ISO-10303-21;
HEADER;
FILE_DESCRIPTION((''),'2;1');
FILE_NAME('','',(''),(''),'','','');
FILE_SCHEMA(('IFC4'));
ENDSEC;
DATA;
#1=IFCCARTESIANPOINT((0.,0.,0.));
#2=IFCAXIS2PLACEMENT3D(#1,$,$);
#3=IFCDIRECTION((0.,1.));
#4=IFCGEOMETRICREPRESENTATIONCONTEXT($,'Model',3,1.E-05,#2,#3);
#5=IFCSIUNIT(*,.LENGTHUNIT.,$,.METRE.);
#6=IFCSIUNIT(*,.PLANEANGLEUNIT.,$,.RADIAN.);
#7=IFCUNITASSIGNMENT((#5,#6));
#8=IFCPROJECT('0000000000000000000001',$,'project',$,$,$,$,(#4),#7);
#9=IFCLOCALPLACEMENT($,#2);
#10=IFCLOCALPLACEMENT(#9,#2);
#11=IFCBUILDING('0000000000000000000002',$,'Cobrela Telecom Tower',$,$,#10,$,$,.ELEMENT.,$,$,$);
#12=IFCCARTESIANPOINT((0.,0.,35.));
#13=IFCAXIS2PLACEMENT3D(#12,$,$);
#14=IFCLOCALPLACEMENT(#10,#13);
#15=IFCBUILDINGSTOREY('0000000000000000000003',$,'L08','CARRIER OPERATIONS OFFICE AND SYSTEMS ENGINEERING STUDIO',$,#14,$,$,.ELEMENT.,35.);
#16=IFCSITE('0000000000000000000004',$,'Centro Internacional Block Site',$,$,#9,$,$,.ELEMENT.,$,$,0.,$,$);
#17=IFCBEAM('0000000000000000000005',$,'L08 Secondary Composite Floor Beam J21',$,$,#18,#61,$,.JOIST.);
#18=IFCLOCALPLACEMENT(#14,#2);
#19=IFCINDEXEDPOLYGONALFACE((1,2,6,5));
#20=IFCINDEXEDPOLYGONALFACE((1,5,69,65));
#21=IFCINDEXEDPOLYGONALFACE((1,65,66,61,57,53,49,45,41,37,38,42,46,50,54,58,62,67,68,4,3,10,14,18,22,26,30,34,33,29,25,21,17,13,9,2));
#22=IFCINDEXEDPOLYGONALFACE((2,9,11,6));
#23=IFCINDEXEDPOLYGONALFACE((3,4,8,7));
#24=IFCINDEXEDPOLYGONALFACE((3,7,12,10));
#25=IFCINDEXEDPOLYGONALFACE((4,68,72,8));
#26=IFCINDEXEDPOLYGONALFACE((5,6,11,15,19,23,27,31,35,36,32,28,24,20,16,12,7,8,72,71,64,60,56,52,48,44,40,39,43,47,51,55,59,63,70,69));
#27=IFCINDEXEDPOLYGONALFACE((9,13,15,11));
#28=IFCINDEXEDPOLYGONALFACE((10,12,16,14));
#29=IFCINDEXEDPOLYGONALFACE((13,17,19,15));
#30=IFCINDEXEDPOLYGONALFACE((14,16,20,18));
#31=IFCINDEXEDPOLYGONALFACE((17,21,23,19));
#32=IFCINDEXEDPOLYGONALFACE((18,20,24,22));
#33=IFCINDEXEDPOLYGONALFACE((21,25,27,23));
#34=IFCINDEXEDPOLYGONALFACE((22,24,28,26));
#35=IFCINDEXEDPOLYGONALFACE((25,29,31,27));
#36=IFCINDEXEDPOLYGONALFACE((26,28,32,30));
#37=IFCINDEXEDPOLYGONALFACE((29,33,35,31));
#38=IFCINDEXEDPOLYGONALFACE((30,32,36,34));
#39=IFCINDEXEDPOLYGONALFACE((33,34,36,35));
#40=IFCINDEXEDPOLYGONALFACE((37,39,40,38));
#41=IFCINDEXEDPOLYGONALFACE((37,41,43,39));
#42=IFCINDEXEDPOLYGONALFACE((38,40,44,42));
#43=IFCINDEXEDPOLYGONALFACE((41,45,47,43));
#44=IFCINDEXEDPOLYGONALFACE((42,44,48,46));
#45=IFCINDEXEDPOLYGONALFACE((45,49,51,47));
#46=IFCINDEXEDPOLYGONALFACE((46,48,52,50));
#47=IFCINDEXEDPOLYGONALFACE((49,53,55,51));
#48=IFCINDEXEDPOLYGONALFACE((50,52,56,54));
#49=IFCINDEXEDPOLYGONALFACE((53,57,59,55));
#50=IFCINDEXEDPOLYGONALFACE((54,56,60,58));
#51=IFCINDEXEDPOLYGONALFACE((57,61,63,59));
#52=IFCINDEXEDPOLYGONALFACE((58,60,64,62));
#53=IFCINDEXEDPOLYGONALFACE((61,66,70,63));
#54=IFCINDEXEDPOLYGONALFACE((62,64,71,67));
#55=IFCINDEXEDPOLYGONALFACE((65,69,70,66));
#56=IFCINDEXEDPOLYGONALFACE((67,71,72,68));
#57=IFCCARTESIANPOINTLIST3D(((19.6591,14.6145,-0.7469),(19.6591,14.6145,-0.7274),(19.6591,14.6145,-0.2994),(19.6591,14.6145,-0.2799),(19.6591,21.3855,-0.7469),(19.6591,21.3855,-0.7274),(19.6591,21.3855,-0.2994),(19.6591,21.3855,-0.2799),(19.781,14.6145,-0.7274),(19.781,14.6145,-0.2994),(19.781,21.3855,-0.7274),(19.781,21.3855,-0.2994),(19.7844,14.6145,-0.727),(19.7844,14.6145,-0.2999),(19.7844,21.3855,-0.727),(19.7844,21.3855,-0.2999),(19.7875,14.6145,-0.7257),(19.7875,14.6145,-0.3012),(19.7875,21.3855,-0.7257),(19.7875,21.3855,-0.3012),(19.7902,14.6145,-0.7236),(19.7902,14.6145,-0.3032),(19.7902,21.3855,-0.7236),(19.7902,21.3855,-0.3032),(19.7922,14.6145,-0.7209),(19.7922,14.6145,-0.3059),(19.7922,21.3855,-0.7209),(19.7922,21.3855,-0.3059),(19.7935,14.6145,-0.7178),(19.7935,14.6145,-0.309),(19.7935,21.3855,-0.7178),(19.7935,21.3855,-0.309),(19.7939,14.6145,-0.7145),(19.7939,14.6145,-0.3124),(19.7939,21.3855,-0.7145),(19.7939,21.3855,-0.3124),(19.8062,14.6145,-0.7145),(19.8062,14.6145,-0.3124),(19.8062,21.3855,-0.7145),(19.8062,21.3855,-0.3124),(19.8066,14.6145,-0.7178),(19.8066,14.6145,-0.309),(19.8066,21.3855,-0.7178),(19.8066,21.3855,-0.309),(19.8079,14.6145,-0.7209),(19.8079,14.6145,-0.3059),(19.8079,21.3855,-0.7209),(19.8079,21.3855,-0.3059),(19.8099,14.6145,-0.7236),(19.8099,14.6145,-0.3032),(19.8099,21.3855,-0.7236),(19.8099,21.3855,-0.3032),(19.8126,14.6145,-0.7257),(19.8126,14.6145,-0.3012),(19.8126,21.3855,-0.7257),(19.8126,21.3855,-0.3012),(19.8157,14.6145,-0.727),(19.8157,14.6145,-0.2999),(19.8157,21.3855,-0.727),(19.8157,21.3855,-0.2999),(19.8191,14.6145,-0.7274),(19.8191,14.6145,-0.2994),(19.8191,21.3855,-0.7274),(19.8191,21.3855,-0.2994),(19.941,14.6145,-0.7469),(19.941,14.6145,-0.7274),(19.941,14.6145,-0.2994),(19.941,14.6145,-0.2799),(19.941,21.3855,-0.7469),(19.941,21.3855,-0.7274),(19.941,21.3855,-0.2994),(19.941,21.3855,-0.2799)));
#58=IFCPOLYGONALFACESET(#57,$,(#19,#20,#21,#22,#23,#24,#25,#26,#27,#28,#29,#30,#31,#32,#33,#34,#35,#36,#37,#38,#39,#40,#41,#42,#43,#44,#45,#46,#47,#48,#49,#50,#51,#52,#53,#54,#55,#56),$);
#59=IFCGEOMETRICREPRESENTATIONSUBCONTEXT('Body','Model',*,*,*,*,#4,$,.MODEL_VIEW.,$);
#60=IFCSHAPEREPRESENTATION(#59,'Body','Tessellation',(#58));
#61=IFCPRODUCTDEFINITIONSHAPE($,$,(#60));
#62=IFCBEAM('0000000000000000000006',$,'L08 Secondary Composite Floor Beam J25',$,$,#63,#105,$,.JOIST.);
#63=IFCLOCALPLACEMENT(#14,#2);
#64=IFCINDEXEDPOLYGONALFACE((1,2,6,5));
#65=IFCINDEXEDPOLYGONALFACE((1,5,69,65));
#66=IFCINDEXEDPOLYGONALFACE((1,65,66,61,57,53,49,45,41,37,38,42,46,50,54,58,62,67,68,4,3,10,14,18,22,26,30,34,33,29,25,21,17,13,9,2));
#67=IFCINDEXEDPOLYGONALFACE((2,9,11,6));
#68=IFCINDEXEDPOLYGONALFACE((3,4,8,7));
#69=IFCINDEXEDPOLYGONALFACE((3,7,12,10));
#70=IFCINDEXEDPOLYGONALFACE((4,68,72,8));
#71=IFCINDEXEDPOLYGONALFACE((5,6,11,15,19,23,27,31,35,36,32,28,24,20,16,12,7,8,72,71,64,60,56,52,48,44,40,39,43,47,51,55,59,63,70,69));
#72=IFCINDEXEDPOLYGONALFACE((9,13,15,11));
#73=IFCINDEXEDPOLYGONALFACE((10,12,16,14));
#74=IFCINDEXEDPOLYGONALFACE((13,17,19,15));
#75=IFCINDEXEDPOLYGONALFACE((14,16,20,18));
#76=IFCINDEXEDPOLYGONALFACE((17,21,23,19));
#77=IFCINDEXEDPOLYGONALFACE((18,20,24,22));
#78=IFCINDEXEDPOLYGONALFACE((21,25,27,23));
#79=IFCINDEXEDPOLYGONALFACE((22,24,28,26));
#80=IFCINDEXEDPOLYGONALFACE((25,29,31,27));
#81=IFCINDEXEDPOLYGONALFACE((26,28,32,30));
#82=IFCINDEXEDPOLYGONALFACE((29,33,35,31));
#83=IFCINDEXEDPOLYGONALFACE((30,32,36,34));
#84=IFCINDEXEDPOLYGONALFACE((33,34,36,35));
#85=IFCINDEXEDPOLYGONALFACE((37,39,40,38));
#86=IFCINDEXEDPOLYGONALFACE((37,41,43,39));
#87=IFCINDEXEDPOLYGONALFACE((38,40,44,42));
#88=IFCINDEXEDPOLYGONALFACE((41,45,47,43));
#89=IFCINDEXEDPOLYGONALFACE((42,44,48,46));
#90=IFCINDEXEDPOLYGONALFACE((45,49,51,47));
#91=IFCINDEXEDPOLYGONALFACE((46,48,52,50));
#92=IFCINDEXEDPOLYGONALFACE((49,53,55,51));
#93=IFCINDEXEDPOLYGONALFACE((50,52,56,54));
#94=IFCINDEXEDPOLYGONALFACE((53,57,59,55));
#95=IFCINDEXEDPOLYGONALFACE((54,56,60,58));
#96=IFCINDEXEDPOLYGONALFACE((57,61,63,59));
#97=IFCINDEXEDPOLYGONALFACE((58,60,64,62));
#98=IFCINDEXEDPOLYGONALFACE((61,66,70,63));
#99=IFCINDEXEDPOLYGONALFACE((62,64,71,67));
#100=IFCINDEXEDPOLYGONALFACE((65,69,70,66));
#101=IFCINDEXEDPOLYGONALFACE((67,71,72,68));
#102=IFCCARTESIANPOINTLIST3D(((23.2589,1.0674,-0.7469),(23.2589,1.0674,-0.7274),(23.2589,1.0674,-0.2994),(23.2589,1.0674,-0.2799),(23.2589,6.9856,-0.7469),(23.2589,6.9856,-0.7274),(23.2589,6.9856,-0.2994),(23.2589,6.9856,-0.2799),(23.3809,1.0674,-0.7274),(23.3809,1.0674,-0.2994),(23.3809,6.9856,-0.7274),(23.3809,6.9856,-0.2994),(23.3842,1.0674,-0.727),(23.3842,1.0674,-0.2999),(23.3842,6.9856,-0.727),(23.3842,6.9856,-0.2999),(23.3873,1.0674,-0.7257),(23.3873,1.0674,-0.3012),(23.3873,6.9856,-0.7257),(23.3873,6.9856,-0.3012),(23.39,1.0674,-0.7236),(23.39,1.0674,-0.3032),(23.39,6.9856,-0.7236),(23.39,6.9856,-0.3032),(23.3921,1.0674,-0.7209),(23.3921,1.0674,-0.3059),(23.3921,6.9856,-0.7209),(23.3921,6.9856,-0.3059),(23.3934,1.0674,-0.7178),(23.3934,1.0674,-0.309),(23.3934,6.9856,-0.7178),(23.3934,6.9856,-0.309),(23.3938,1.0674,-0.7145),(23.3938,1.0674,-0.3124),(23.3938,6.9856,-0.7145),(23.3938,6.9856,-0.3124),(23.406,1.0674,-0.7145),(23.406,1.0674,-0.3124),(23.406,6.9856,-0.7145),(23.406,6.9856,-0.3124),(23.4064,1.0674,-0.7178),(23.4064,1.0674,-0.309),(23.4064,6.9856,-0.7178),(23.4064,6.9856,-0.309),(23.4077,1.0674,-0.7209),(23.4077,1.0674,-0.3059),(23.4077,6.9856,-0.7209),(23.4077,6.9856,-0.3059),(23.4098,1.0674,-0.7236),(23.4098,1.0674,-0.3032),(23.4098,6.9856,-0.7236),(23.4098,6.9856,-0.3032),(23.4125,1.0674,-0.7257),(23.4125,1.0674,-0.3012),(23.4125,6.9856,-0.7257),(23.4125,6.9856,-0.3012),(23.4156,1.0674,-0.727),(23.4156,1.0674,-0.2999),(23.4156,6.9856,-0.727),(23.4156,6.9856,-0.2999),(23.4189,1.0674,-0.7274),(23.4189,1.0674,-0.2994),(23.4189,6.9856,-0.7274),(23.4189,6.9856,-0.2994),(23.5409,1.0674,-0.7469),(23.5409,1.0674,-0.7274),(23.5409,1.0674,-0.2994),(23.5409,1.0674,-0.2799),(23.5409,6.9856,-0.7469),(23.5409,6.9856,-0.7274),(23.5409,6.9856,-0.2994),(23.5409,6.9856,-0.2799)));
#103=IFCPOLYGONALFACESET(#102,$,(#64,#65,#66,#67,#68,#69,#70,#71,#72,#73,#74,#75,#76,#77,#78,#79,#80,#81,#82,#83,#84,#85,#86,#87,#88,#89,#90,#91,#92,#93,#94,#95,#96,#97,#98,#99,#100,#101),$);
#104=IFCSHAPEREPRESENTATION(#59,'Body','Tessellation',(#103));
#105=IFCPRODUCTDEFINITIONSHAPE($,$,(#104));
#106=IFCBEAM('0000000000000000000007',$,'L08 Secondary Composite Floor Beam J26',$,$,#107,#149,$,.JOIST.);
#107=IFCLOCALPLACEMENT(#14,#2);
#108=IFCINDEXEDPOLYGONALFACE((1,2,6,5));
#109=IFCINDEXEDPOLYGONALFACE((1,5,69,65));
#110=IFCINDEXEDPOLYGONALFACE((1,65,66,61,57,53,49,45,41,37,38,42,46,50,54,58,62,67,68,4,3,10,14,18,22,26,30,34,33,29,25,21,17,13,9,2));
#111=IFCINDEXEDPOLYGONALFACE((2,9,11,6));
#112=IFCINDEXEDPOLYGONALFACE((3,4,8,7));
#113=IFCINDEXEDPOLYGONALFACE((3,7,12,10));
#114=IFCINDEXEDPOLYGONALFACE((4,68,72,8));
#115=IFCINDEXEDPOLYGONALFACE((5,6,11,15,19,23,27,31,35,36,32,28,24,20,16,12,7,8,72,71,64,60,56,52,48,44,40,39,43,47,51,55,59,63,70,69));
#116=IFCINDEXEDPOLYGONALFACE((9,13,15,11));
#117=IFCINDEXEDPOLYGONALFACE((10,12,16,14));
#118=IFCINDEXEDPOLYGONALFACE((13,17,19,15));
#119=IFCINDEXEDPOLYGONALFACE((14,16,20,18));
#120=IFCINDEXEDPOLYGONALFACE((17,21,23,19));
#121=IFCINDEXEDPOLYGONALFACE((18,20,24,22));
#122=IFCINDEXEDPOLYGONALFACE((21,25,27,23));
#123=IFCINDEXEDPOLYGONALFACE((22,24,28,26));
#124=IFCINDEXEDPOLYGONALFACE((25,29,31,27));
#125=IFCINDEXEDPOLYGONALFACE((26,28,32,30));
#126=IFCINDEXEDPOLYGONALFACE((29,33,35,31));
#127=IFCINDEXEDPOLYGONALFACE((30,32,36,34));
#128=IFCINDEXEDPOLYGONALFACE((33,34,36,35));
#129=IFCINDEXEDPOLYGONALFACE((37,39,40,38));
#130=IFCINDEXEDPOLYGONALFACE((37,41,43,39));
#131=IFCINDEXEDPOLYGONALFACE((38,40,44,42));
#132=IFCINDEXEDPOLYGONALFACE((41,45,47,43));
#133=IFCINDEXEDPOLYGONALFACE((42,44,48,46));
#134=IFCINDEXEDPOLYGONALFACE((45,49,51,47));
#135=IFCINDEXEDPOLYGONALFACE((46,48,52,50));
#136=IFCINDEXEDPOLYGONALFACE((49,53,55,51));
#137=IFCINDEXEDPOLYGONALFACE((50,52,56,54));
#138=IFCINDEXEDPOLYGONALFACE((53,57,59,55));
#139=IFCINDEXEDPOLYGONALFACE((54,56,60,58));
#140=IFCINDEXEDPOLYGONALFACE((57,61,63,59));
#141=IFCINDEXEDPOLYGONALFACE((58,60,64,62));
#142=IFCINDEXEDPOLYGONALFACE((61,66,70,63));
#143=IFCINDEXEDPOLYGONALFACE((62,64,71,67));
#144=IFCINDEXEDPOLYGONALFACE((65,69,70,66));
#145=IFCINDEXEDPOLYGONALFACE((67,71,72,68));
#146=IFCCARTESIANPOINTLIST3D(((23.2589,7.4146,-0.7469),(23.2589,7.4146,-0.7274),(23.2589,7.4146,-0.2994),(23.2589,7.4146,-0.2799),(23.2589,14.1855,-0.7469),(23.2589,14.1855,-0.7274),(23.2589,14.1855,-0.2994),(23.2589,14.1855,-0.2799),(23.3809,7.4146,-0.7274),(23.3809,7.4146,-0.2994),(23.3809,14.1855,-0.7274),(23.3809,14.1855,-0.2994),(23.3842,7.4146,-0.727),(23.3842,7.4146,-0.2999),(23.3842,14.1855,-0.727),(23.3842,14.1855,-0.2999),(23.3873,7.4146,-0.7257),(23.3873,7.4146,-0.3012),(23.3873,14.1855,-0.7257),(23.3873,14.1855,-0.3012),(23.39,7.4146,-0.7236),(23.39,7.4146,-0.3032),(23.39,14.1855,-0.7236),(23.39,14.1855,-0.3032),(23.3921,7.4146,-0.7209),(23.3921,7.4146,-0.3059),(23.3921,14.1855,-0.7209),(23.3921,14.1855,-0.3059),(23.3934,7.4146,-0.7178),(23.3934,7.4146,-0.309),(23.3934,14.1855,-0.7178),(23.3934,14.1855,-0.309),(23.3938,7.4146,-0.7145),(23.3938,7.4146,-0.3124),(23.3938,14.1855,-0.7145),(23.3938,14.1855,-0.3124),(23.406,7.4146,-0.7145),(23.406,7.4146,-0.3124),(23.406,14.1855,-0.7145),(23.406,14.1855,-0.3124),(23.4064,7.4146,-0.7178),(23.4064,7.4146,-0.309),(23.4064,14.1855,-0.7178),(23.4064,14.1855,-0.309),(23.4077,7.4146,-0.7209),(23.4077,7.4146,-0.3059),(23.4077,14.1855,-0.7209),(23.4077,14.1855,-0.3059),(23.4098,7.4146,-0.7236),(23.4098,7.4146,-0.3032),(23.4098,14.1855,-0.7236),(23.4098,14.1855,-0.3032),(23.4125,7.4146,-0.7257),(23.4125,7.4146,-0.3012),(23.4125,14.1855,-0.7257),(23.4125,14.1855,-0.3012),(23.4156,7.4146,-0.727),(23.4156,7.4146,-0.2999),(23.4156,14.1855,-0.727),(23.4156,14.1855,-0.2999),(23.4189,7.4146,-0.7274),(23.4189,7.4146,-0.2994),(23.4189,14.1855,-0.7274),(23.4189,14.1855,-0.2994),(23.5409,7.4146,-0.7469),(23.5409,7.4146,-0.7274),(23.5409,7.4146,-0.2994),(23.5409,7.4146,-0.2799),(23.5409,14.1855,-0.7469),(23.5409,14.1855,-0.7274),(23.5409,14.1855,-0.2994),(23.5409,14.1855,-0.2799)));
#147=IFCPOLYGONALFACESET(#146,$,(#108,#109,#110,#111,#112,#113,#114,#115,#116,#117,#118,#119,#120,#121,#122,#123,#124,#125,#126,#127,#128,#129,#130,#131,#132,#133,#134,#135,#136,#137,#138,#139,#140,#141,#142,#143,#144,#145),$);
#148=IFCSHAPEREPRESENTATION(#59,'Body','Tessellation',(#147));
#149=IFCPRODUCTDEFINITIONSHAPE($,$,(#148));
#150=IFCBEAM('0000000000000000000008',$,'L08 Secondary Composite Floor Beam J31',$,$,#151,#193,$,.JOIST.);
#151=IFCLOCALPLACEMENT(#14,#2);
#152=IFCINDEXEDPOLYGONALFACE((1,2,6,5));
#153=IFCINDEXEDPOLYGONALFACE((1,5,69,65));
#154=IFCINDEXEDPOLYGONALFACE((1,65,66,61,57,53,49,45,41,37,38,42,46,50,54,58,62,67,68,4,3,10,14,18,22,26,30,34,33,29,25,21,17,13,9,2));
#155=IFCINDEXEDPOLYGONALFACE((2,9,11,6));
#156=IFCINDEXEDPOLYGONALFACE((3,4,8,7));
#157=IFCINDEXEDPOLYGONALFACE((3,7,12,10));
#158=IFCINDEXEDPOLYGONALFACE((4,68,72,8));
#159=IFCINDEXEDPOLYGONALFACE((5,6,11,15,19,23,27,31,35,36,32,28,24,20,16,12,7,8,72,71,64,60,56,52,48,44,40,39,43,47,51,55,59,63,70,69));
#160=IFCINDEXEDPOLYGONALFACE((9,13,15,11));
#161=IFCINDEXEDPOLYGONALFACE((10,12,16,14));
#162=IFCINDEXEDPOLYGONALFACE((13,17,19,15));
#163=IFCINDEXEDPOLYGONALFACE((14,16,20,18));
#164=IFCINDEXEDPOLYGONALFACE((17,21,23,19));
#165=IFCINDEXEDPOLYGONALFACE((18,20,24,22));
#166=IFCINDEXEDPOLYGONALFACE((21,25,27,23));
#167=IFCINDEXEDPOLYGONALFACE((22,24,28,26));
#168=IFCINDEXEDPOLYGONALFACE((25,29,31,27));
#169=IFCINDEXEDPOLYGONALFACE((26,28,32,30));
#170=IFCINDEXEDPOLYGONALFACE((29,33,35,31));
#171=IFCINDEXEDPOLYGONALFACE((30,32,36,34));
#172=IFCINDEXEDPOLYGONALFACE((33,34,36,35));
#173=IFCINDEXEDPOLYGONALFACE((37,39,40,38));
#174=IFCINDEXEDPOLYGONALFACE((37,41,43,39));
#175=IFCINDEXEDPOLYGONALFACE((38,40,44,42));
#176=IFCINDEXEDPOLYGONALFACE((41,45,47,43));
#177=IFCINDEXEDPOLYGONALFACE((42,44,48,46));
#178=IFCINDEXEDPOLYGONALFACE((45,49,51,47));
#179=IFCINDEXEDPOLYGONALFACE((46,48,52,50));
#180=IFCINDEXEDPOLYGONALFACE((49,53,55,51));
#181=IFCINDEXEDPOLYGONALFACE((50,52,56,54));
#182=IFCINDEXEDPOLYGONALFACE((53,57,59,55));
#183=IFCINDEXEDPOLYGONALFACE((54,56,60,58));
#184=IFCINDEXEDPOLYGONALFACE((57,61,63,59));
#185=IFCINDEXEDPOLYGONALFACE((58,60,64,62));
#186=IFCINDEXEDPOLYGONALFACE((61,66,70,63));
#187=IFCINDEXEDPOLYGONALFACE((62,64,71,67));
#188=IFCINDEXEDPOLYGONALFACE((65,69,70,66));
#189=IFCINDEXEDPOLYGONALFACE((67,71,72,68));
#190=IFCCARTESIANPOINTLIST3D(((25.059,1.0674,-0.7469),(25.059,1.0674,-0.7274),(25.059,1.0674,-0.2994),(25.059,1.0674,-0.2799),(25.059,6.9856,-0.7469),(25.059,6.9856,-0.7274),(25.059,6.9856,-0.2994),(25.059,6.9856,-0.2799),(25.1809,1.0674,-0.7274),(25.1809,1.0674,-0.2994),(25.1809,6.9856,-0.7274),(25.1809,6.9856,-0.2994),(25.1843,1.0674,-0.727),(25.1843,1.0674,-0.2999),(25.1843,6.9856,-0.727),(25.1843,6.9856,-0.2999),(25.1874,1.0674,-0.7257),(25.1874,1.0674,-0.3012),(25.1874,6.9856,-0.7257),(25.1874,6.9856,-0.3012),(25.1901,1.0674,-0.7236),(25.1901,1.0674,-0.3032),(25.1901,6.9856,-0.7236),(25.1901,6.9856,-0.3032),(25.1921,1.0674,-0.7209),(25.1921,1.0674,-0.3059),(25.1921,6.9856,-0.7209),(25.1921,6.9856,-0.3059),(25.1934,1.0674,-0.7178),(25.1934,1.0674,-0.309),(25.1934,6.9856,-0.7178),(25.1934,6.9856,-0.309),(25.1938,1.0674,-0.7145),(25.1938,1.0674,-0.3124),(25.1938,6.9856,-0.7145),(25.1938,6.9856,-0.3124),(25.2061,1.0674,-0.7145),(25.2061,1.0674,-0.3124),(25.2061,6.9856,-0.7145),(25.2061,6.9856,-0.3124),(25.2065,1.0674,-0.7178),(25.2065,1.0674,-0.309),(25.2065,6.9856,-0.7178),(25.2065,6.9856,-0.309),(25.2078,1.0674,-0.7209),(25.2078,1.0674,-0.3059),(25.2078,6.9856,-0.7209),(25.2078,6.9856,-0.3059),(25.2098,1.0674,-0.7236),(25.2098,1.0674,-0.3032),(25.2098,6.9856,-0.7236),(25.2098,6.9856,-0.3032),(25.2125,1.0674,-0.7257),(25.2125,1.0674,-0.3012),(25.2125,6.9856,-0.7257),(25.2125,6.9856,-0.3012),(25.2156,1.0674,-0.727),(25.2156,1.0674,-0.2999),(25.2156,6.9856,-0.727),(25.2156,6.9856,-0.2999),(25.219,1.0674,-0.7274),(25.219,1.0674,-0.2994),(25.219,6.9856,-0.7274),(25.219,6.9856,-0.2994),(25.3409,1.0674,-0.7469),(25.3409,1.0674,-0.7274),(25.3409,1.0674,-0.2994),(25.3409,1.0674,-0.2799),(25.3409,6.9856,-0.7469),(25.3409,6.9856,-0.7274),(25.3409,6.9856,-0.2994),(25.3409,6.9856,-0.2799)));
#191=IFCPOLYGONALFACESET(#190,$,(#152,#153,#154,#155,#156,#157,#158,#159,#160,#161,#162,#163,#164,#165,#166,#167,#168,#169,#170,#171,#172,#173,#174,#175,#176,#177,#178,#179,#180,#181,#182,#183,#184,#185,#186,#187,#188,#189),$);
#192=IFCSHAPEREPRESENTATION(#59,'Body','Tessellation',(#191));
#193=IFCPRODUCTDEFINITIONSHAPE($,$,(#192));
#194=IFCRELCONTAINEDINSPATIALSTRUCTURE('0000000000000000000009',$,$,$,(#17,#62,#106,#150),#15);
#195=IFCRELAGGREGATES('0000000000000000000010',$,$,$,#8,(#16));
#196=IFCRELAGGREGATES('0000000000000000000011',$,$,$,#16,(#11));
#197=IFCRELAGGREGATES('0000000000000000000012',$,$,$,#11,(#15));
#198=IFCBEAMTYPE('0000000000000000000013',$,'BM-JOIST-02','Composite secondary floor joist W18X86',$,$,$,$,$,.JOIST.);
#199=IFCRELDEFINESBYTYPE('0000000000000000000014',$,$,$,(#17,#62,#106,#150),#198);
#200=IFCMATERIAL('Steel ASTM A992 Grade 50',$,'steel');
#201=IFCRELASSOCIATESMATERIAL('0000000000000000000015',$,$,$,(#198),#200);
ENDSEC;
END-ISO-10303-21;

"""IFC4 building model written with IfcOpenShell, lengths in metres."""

from ifc_helpers import new_model, si_unit, direction, frame, origin, origin_2d, place, context, subcontext, project, spatial, i_section, extrude, material, material_profile, profile_set, type_object, element, save


model = new_model("IFC4")

# Units and contexts
model_context = context("Model", 3, precision=1e-05, world=origin(), true_north=direction((0.0, 1.0)))
body_context = subcontext(model_context, "Body", "Model", "MODEL_VIEW")
ifc_project = project(units=[si_unit("LENGTHUNIT", "METRE"), si_unit("PLANEANGLEUNIT", "RADIAN")], contexts=[model_context])

# Site, building, storey
site_placement = place(None, origin())
site = spatial("IfcSite", under=ifc_project, at=site_placement, Name="Centro Internacional Block Site", CompositionType="ELEMENT", RefElevation=0.0)
building_placement = place(site_placement, origin())
building = spatial("IfcBuilding", under=site, at=building_placement, Name="Cobrela Telecom Tower", CompositionType="ELEMENT")
storey_placement = place(building_placement, frame((0.0, 0.0, 35.0)))
storey = spatial("IfcBuildingStorey", under=building, at=storey_placement, Name="L08", Description="CARRIER OPERATIONS OFFICE AND SYSTEMS ENGINEERING STUDIO", CompositionType="ELEMENT", Elevation=35.0)

# Shared definitions
ifc_material_1 = material(Name="Steel ASTM A992 Grade 50", Category="steel")

# Beams
ifc_material_profile_1 = material_profile(ifc_material_1, i_section(OverallWidth=0.282, OverallDepth=0.467, WebThickness=0.0122, FlangeThickness=0.0195, FilletRadius=0.0129, at=origin_2d()), Name="W18X86")
ifc_profile_set_1 = profile_set([ifc_material_profile_1], Name="Steel ASTM A992 Grade 50")
beam_type_1 = type_object("IfcBeamType", Name="BM-JOIST-02", Description="Composite secondary floor joist W18X86", PredefinedType="JOIST", material=ifc_profile_set_1)
for number, where, z_axis, x_axis, name in (
    (1, (19.8, 14.6145, -0.5134), (0.0, 1.0, 0.0), (-1.0, 0.0, 0.0), "L08 Secondary Composite Floor Beam J21"),
):
    element("IfcBeam", number, at=place(storey_placement, frame(where, z_axis=z_axis, x_axis=x_axis)), inside=storey, type_object=beam_type_1, Name=name, PredefinedType="JOIST", context=body_context, shape_type="SweptSolid", body=[
        extrude(i_section(OverallWidth=0.282, OverallDepth=0.467, WebThickness=0.0122, FlangeThickness=0.0195, FilletRadius=0.0129, at=origin_2d()), origin(), (0.0, 0.0, 1.0), 6.771),
    ])
beam_1_placement = place(storey_placement, frame((23.3999, 1.0674, -0.5134), z_axis=(0.0, 1.0, 0.0), x_axis=(-1.0, 0.0, 0.0)))
element("IfcBeam", 2, at=beam_1_placement, inside=storey, type_object=beam_type_1, Name="L08 Secondary Composite Floor Beam J25", PredefinedType="JOIST", context=body_context, shape_type="SweptSolid", body=[
    extrude(i_section(OverallWidth=0.282, OverallDepth=0.467, WebThickness=0.0122, FlangeThickness=0.0195, FilletRadius=0.0129, at=origin_2d()), origin(), (0.0, 0.0, 1.0), 5.9182),
])
beam_2_placement = place(storey_placement, frame((23.3999, 7.4146, -0.5134), z_axis=(0.0, 1.0, 0.0), x_axis=(-1.0, 0.0, 0.0)))
element("IfcBeam", 3, at=beam_2_placement, inside=storey, type_object=beam_type_1, Name="L08 Secondary Composite Floor Beam J26", PredefinedType="JOIST", context=body_context, shape_type="SweptSolid", body=[
    extrude(i_section(OverallWidth=0.282, OverallDepth=0.467, WebThickness=0.0122, FlangeThickness=0.0195, FilletRadius=0.0129, at=origin_2d()), origin(), (0.0, 0.0, 1.0), 6.771),
])
beam_3_placement = place(storey_placement, frame((25.2, 1.0674, -0.5134), z_axis=(0.0, 1.0, 0.0), x_axis=(-1.0, 0.0, 0.0)))
element("IfcBeam", 4, at=beam_3_placement, inside=storey, type_object=beam_type_1, Name="L08 Secondary Composite Floor Beam J31", PredefinedType="JOIST", context=body_context, shape_type="SweptSolid", body=[
    extrude(i_section(OverallWidth=0.282, OverallDepth=0.467, WebThickness=0.0122, FlangeThickness=0.0195, FilletRadius=0.0129, at=origin_2d()), origin(), (0.0, 0.0, 1.0), 5.9182),
])

save(model, "model.ifc")
